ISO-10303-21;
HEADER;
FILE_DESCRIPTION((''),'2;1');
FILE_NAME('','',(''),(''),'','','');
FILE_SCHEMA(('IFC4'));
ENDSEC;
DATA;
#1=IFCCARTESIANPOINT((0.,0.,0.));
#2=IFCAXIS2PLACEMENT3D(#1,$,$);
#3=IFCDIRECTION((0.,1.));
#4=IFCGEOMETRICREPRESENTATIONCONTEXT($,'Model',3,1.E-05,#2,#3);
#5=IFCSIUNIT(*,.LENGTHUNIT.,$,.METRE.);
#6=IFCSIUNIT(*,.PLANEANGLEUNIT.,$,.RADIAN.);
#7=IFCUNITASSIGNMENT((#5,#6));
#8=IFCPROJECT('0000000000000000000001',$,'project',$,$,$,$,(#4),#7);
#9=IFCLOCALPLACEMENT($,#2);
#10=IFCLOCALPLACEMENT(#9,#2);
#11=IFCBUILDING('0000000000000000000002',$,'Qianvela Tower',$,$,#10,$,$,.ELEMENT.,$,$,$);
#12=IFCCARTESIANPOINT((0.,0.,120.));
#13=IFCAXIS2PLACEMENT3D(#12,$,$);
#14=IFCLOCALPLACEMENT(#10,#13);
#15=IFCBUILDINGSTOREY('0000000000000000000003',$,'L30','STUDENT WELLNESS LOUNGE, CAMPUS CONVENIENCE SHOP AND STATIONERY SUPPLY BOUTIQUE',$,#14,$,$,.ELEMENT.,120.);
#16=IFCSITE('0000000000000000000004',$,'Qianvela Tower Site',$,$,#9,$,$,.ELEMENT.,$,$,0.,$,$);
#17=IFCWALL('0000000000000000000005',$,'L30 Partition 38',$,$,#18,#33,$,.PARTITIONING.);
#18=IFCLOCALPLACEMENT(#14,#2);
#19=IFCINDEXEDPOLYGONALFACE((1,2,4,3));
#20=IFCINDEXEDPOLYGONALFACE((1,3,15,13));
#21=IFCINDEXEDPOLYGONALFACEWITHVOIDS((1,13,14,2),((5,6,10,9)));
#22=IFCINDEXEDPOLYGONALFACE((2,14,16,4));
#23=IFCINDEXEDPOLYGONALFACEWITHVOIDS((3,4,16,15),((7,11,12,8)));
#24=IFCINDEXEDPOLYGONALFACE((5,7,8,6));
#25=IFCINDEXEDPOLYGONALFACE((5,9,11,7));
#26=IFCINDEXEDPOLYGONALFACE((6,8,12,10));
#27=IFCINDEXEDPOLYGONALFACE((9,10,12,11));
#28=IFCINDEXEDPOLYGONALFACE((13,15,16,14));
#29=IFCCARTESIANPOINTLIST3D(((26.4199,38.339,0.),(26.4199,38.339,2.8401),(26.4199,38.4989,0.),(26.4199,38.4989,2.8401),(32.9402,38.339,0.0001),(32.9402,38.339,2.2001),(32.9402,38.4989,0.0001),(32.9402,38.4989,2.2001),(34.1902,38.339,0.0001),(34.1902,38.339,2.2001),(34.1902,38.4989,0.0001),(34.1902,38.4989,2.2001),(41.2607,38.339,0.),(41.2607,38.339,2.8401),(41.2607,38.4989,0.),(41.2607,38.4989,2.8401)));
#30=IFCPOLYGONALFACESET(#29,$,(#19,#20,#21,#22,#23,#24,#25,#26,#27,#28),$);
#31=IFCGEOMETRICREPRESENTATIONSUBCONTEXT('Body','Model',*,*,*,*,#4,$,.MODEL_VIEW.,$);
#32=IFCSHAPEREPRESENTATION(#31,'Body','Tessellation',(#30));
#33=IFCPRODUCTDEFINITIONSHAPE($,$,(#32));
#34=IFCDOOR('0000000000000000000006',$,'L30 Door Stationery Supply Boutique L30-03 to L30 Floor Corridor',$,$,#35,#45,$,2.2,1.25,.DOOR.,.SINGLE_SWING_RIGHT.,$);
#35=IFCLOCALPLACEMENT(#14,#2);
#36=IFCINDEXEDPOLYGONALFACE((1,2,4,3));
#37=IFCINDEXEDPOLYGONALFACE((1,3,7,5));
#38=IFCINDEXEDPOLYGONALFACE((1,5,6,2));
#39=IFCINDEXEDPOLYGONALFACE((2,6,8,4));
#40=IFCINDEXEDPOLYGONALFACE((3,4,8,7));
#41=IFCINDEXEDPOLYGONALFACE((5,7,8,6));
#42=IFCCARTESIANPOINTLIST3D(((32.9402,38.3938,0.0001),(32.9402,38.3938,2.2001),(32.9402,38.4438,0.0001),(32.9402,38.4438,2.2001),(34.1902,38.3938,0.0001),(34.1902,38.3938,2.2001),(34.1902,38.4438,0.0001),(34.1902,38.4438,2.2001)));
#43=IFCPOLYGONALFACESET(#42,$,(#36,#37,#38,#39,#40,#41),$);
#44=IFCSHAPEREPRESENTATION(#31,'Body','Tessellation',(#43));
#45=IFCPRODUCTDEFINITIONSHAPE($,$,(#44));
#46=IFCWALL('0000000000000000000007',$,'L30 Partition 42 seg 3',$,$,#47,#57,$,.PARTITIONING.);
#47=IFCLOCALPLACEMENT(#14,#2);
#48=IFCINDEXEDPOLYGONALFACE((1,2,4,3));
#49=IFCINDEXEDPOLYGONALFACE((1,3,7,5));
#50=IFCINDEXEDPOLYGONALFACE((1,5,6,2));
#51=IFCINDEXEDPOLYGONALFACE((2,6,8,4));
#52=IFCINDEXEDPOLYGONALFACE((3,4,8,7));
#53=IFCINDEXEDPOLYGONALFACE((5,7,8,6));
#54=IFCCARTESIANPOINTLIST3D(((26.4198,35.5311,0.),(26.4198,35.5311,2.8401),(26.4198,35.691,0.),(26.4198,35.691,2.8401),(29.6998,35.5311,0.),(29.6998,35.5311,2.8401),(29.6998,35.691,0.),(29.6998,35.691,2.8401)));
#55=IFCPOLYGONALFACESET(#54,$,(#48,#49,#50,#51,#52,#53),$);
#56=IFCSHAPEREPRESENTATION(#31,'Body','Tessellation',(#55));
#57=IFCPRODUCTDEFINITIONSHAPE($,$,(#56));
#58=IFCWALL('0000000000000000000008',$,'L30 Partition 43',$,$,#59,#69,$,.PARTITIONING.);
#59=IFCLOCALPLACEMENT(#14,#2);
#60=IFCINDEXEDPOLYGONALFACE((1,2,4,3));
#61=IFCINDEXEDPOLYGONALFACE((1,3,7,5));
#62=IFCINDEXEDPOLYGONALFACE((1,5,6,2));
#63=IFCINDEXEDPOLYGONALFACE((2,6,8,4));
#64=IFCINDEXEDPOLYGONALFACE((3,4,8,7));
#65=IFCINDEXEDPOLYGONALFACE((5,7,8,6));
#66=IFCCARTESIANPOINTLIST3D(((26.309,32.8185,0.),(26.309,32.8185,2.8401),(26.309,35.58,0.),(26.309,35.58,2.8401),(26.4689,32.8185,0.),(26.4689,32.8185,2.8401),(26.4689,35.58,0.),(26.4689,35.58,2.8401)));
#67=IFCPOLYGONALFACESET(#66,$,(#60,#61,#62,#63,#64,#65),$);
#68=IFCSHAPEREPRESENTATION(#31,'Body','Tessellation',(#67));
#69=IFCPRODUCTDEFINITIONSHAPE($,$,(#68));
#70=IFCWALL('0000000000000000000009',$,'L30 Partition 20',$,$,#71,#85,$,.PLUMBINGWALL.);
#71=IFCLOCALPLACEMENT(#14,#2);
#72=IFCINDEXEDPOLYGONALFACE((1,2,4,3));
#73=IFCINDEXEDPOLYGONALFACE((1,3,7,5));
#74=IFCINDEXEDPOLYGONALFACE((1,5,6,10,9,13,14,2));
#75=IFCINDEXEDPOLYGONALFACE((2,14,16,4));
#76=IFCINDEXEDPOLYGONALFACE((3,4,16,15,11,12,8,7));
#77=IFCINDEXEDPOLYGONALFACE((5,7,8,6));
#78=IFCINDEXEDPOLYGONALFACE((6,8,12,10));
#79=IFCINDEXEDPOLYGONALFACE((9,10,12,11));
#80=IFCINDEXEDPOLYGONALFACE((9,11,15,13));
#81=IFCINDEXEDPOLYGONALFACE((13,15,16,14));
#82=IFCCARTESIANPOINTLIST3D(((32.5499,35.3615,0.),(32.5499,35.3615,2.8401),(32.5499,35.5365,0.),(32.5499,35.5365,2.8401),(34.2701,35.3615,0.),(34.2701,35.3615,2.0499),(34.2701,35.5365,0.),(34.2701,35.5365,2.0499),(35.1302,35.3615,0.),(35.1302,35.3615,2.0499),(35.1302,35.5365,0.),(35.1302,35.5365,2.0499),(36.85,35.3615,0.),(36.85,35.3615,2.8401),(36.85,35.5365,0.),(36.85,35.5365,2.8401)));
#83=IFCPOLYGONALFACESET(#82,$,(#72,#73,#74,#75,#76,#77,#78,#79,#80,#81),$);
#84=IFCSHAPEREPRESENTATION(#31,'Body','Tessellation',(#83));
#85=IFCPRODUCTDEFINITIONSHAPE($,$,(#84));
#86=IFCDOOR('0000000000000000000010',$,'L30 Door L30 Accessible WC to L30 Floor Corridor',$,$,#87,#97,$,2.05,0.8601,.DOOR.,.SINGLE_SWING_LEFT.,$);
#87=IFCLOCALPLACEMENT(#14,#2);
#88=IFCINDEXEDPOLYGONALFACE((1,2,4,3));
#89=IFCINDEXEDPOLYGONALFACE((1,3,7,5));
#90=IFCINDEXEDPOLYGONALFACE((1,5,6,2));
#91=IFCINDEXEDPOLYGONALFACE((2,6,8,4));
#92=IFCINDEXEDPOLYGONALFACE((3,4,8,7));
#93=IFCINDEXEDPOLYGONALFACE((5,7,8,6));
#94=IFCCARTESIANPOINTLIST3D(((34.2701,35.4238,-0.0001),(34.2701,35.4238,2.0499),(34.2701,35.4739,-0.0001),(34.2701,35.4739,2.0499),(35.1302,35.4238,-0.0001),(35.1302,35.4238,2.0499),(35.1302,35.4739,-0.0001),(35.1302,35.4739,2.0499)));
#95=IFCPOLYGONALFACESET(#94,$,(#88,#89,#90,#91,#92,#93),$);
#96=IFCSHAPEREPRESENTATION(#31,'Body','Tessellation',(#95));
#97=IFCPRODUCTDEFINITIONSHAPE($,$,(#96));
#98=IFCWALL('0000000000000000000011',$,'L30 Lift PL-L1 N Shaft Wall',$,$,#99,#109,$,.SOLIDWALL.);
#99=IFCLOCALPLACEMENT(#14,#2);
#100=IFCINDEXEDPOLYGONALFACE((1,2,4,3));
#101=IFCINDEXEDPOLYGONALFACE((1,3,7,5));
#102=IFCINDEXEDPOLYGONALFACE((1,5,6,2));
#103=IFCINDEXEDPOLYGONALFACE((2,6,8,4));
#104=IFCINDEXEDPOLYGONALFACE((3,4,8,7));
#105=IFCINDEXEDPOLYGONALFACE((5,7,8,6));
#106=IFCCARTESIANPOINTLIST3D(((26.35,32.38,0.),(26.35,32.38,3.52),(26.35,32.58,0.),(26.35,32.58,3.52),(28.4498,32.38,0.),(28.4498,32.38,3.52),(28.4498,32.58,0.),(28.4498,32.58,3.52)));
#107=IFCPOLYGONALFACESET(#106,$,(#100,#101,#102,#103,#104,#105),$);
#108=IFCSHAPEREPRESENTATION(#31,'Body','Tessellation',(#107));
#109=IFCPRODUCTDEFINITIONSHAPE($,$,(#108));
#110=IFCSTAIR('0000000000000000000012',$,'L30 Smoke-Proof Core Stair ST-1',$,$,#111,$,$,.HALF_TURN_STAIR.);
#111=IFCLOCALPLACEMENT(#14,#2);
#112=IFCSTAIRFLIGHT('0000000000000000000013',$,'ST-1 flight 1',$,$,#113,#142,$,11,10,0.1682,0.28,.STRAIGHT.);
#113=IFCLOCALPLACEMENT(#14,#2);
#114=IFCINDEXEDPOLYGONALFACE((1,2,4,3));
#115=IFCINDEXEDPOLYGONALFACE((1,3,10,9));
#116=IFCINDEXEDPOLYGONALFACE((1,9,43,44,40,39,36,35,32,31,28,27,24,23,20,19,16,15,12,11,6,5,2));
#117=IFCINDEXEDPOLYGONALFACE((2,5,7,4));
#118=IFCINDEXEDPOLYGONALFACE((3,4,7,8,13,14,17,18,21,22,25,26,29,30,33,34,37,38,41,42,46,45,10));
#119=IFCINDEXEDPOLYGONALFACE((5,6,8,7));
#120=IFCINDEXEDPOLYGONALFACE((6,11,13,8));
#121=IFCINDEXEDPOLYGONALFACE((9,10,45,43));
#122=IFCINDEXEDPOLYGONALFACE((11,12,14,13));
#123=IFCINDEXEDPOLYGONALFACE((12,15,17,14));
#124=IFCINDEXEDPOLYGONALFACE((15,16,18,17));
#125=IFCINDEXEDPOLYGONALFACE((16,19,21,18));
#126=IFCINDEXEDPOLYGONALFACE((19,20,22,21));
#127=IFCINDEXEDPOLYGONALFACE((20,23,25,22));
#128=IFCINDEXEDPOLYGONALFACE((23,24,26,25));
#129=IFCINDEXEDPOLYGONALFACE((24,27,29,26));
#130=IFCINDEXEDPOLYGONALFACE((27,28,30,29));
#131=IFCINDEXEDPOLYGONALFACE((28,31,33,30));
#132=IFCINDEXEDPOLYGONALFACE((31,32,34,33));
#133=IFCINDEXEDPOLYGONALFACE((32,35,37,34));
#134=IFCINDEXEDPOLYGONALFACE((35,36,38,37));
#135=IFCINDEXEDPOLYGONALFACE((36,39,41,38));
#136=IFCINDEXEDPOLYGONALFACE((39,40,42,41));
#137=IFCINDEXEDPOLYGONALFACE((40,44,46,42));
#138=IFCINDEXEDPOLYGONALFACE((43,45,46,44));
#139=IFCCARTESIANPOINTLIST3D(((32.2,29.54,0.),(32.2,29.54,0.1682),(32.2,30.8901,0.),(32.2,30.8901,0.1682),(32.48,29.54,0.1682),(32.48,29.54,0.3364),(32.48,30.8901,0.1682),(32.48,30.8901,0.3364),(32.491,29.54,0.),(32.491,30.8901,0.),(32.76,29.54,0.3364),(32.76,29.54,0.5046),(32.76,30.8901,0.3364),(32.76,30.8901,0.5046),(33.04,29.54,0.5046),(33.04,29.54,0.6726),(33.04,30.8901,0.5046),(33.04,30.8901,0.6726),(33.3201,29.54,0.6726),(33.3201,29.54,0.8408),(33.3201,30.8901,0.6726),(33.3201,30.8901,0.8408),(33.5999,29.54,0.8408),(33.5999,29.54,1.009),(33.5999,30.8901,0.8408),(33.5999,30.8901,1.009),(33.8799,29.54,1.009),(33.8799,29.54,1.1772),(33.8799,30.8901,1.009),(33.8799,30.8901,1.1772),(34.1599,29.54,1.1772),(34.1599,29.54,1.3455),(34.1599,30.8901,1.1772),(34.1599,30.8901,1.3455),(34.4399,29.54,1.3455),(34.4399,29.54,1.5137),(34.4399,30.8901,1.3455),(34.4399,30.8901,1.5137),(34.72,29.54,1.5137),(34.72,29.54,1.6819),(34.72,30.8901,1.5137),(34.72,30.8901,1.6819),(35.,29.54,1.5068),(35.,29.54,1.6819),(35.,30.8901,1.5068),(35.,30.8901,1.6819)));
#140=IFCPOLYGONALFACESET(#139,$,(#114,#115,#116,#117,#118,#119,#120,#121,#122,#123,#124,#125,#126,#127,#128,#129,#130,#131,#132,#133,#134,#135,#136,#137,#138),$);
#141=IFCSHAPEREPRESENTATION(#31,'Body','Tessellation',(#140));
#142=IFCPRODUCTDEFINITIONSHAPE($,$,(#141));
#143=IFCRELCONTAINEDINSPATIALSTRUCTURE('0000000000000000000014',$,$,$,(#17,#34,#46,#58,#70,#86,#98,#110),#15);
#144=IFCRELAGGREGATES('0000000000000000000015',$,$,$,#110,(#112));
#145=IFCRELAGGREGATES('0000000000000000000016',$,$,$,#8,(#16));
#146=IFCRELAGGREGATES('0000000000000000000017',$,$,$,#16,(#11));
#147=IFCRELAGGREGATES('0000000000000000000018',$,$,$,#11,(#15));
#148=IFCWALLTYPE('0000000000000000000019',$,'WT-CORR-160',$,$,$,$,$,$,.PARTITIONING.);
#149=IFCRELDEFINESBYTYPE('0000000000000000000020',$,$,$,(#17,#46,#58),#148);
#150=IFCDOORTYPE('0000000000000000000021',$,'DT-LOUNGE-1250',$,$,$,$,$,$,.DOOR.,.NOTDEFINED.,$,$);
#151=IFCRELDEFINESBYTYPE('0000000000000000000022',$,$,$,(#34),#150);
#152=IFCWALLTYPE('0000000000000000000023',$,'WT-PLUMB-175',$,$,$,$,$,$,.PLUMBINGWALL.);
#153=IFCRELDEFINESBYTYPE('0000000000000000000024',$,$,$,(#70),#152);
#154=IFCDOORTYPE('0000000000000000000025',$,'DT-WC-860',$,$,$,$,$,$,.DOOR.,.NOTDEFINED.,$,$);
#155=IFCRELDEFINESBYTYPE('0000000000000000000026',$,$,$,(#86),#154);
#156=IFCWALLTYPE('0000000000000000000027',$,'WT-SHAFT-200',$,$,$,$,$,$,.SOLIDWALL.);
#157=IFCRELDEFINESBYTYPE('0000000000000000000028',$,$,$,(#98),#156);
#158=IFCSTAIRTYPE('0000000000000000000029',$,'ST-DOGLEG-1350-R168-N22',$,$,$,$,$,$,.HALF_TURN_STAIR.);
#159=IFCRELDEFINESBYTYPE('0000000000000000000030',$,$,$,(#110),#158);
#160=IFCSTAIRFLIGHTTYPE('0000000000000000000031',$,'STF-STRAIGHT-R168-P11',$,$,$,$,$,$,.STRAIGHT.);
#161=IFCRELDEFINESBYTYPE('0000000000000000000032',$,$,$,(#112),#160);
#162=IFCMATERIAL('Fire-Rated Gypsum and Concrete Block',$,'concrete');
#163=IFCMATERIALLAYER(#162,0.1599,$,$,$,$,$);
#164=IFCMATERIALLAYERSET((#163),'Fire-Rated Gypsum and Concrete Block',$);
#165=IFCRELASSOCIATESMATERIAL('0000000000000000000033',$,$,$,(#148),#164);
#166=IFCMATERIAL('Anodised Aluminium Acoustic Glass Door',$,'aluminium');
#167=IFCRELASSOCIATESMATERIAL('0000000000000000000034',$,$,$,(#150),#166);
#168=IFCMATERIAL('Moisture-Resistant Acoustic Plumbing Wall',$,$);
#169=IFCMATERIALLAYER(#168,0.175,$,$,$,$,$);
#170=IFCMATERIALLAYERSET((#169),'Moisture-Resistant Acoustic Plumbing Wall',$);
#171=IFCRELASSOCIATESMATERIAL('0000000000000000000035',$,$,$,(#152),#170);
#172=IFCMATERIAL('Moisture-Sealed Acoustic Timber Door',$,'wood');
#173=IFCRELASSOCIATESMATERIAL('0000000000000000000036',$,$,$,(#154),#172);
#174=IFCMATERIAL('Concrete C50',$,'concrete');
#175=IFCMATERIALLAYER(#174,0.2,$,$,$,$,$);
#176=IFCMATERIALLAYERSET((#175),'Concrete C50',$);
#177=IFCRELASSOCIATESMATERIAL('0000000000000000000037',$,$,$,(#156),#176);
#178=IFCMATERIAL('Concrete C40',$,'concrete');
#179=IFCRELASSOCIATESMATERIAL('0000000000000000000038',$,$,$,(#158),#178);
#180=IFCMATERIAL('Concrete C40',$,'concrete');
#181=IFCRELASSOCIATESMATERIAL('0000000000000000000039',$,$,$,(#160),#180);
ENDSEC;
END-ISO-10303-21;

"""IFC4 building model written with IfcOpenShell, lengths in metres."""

from ifc_helpers import new_model, si_unit, direction, frame, frame_2d, origin, place, context, subcontext, project, spatial, polyline, rectangle, outline, extrude, material, layer, layer_set, type_object, element, fill, aggregate, save


model = new_model("IFC4")

# Units and contexts
model_context = context("Model", 3, precision=1e-05, world=origin(), true_north=direction((0.0, 1.0)))
body_context = subcontext(model_context, "Body", "Model", "MODEL_VIEW")
ifc_project = project(units=[si_unit("LENGTHUNIT", "METRE"), si_unit("PLANEANGLEUNIT", "RADIAN")], contexts=[model_context])

# Site, building, storey
site_placement = place(None, origin())
site = spatial("IfcSite", under=ifc_project, at=site_placement, Name="Qianvela Tower Site", CompositionType="ELEMENT", RefElevation=0.0)
building_placement = place(site_placement, origin())
building = spatial("IfcBuilding", under=site, at=building_placement, Name="Qianvela Tower", CompositionType="ELEMENT")
storey_placement = place(building_placement, frame((0.0, 0.0, 120.0)))
storey = spatial("IfcBuildingStorey", under=building, at=storey_placement, Name="L30", Description="STUDENT WELLNESS LOUNGE, CAMPUS CONVENIENCE SHOP AND STATIONERY SUPPLY BOUTIQUE", CompositionType="ELEMENT", Elevation=120.0)

# Shared definitions
ifc_material_1 = material(Name="Fire-Rated Gypsum and Concrete Block", Category="concrete")
ifc_layer_1 = layer(ifc_material_1, 0.1599)
ifc_layer_set_1 = layer_set([ifc_layer_1], Name="Fire-Rated Gypsum and Concrete Block")
wall_type_1 = type_object("IfcWallType", Name="WT-CORR-160", PredefinedType="PARTITIONING", material=ifc_layer_set_1)

# Wall, opening, door
wall_1_placement = place(storey_placement, frame((26.4199, 38.4189, 0.0), z_axis=(0.0, 0.0, 1.0), x_axis=(1.0, 0.0, 0.0)))
wall_1 = element("IfcWall", 1, at=wall_1_placement, inside=storey, type_object=wall_type_1, Name="L30 Partition 38", PredefinedType="PARTITIONING", context=body_context, shape_type="SweptSolid", body=[
    extrude(rectangle(XDim=14.8408, YDim=0.1599, at=frame_2d((7.4204, 0.0))), origin(), (0.0, 0.0, 1.0), 2.8401),
])
opening_1_placement = place(wall_1_placement, frame((6.5203, 0.0, 0.0)))
opening_1 = element("IfcOpeningElement", 2, at=opening_1_placement, cuts=wall_1, PredefinedType="OPENING", context=body_context, shape_type="SweptSolid", body=[
    extrude(rectangle(XDim=1.25, YDim=2.2, at=frame_2d((0.625, 1.1001))), frame((0.0, 0.0898, 0.0), z_axis=(0.0, -1.0, 0.0), x_axis=(1.0, 0.0, 0.0)), (0.0, 0.0, 1.0), 0.1799),
])
ifc_material_2 = material(Name="Anodised Aluminium Acoustic Glass Door", Category="aluminium")
door_type_1 = type_object("IfcDoorType", Name="DT-LOUNGE-1250", OperationType="NOTDEFINED", PredefinedType="DOOR", material=ifc_material_2)
door_1_placement = place(opening_1_placement, origin())
door_1 = element("IfcDoor", 3, at=door_1_placement, inside=storey, type_object=door_type_1, Name="L30 Door Stationery Supply Boutique L30-03 to L30 Floor Corridor", OperationType="SINGLE_SWING_RIGHT", OverallHeight=2.2, OverallWidth=1.25, PredefinedType="DOOR", context=body_context, shape_type="SweptSolid", body=[
    extrude(rectangle(XDim=1.25, YDim=2.2, at=frame_2d((0.625, 1.1001))), frame((0.0, 0.0249, 0.0), z_axis=(0.0, -1.0, 0.0), x_axis=(1.0, 0.0, 0.0)), (0.0, 0.0, 1.0), 0.05),
])
fill(opening_1, door_1)

# Walls
wall_2_placement = place(storey_placement, frame((29.7, 35.6111, 0.0), z_axis=(0.0, 0.0, 1.0), x_axis=(-1.0, 0.0, 0.0)))
element("IfcWall", 4, at=wall_2_placement, inside=storey, type_object=wall_type_1, Name="L30 Partition 42 seg 3", PredefinedType="PARTITIONING", context=body_context, shape_type="SweptSolid", body=[
    extrude(rectangle(XDim=3.28, YDim=0.1599, at=frame_2d((1.6401, 0.0))), origin(), (0.0, 0.0, 1.0), 2.8401),
])
wall_3_placement = place(storey_placement, frame((26.3889, 35.5801, 0.0), z_axis=(0.0, 0.0, 1.0), x_axis=(0.0, -1.0, 0.0)))
element("IfcWall", 5, at=wall_3_placement, inside=storey, type_object=wall_type_1, Name="L30 Partition 43", PredefinedType="PARTITIONING", context=body_context, shape_type="SweptSolid", body=[
    extrude(rectangle(XDim=2.7615, YDim=0.1599, at=frame_2d((1.3809, 0.0))), origin(), (0.0, 0.0, 1.0), 2.8401),
])

# Wall, opening, door
ifc_material_3 = material(Name="Moisture-Resistant Acoustic Plumbing Wall")
ifc_layer_2 = layer(ifc_material_3, 0.175)
ifc_layer_set_2 = layer_set([ifc_layer_2], Name="Moisture-Resistant Acoustic Plumbing Wall")
wall_type_2 = type_object("IfcWallType", Name="WT-PLUMB-175", PredefinedType="PLUMBINGWALL", material=ifc_layer_set_2)
wall_4_placement = place(storey_placement, frame((32.55, 35.449, 0.0), z_axis=(0.0, 0.0, 1.0), x_axis=(1.0, 0.0, 0.0)))
wall_4 = element("IfcWall", 6, at=wall_4_placement, inside=storey, type_object=wall_type_2, Name="L30 Partition 20", PredefinedType="PLUMBINGWALL", context=body_context, shape_type="SweptSolid", body=[
    extrude(rectangle(XDim=4.3, YDim=0.175, at=frame_2d((2.1499, 0.0))), origin(), (0.0, 0.0, 1.0), 2.8401),
])
opening_2_placement = place(wall_4_placement, frame((1.72, 0.0, 0.0)))
opening_2 = element("IfcOpeningElement", 7, at=opening_2_placement, cuts=wall_4, PredefinedType="OPENING", context=body_context, shape_type="SweptSolid", body=[
    extrude(rectangle(XDim=0.8601, YDim=2.05, at=frame_2d((0.4302, 1.0249))), frame((0.0, 0.0974, 0.0), z_axis=(0.0, -1.0, 0.0), x_axis=(1.0, 0.0, 0.0)), (0.0, 0.0, 1.0), 0.1951),
])
ifc_material_4 = material(Name="Moisture-Sealed Acoustic Timber Door", Category="wood")
door_type_2 = type_object("IfcDoorType", Name="DT-WC-860", OperationType="NOTDEFINED", PredefinedType="DOOR", material=ifc_material_4)
door_2_placement = place(opening_2_placement, origin())
door_2 = element("IfcDoor", 8, at=door_2_placement, inside=storey, type_object=door_type_2, Name="L30 Door L30 Accessible WC to L30 Floor Corridor", OperationType="SINGLE_SWING_LEFT", OverallHeight=2.05, OverallWidth=0.8601, PredefinedType="DOOR", context=body_context, shape_type="SweptSolid", body=[
    extrude(rectangle(XDim=0.8601, YDim=2.05, at=frame_2d((0.4302, 1.0249))), frame((0.0, 0.0249, 0.0), z_axis=(0.0, -1.0, 0.0), x_axis=(1.0, 0.0, 0.0)), (0.0, 0.0, 1.0), 0.05),
])
fill(opening_2, door_2)

# Wall
ifc_material_5 = material(Name="Concrete C50", Category="concrete")
ifc_layer_3 = layer(ifc_material_5, 0.2)
ifc_layer_set_3 = layer_set([ifc_layer_3], Name="Concrete C50")
wall_type_3 = type_object("IfcWallType", Name="WT-SHAFT-200", PredefinedType="SOLIDWALL", material=ifc_layer_set_3)
wall_5_placement = place(storey_placement, frame((26.3501, 32.48, 0.0), z_axis=(0.0, 0.0, 1.0), x_axis=(1.0, 0.0, 0.0)))
element("IfcWall", 9, at=wall_5_placement, inside=storey, type_object=wall_type_3, Name="L30 Lift PL-L1 N Shaft Wall", PredefinedType="SOLIDWALL", context=body_context, shape_type="SweptSolid", body=[
    extrude(rectangle(XDim=2.0999, YDim=0.2, at=frame_2d((1.0498, 0.0))), origin(), (0.0, 0.0, 1.0), 3.52),
])

# Stair, stair flight
ifc_material_6 = material(Name="Concrete C40", Category="concrete")
stair_type = type_object("IfcStairType", Name="ST-DOGLEG-1350-R168-N22", PredefinedType="HALF_TURN_STAIR", material=ifc_material_6)
stair_placement = place(storey_placement, origin())
stair = element("IfcStair", 10, at=stair_placement, inside=storey, type_object=stair_type, Name="L30 Smoke-Proof Core Stair ST-1", PredefinedType="HALF_TURN_STAIR")
ifc_material_7 = material(Name="Concrete C40", Category="concrete")
stair_flight_type = type_object("IfcStairFlightType", Name="STF-STRAIGHT-R168-P11", PredefinedType="STRAIGHT", material=ifc_material_7)
stair_flight_placement = place(storey_placement, frame((32.2, 30.2151, 0.0), z_axis=(0.0, 0.0, 1.0), x_axis=(1.0, 0.0, 0.0)))
stair_flight = element("IfcStairFlight", 11, at=stair_flight_placement, type_object=stair_flight_type, Name="ST-1 flight 1", NumberOfRisers=11, NumberOfTreads=10, PredefinedType="STRAIGHT", RiserHeight=0.1682, TreadLength=0.28, context=body_context, shape_type="SweptSolid", body=[
    extrude(outline(polyline([(0.0, 0.0), (0.0, 0.1682), (0.28, 0.1682), (0.28, 0.3364), (0.5601, 0.3364), (0.5601, 0.5046), (0.8401, 0.5046), (0.8401, 0.6726), (1.1201, 0.6726), (1.1201, 0.8408), (1.3999, 0.8408), (1.3999, 1.009), (1.6799, 1.009), (1.6799, 1.1772), (1.96, 1.1772), (1.96, 1.3455), (2.24, 1.3455), (2.24, 1.5137), (2.52, 1.5137), (2.52, 1.6819), (2.8, 1.6819), (2.8, 1.8501), (2.8, 1.5068), (0.291, 0.0), (0.0, 0.0)])), frame((0.0, 0.675, 0.0), z_axis=(0.0, -1.0, 0.0), x_axis=(1.0, 0.0, 0.0)), (0.0, 0.0, 1.0), 1.3501),
])
aggregate(stair, [stair_flight])

save(model, "model.ifc")
